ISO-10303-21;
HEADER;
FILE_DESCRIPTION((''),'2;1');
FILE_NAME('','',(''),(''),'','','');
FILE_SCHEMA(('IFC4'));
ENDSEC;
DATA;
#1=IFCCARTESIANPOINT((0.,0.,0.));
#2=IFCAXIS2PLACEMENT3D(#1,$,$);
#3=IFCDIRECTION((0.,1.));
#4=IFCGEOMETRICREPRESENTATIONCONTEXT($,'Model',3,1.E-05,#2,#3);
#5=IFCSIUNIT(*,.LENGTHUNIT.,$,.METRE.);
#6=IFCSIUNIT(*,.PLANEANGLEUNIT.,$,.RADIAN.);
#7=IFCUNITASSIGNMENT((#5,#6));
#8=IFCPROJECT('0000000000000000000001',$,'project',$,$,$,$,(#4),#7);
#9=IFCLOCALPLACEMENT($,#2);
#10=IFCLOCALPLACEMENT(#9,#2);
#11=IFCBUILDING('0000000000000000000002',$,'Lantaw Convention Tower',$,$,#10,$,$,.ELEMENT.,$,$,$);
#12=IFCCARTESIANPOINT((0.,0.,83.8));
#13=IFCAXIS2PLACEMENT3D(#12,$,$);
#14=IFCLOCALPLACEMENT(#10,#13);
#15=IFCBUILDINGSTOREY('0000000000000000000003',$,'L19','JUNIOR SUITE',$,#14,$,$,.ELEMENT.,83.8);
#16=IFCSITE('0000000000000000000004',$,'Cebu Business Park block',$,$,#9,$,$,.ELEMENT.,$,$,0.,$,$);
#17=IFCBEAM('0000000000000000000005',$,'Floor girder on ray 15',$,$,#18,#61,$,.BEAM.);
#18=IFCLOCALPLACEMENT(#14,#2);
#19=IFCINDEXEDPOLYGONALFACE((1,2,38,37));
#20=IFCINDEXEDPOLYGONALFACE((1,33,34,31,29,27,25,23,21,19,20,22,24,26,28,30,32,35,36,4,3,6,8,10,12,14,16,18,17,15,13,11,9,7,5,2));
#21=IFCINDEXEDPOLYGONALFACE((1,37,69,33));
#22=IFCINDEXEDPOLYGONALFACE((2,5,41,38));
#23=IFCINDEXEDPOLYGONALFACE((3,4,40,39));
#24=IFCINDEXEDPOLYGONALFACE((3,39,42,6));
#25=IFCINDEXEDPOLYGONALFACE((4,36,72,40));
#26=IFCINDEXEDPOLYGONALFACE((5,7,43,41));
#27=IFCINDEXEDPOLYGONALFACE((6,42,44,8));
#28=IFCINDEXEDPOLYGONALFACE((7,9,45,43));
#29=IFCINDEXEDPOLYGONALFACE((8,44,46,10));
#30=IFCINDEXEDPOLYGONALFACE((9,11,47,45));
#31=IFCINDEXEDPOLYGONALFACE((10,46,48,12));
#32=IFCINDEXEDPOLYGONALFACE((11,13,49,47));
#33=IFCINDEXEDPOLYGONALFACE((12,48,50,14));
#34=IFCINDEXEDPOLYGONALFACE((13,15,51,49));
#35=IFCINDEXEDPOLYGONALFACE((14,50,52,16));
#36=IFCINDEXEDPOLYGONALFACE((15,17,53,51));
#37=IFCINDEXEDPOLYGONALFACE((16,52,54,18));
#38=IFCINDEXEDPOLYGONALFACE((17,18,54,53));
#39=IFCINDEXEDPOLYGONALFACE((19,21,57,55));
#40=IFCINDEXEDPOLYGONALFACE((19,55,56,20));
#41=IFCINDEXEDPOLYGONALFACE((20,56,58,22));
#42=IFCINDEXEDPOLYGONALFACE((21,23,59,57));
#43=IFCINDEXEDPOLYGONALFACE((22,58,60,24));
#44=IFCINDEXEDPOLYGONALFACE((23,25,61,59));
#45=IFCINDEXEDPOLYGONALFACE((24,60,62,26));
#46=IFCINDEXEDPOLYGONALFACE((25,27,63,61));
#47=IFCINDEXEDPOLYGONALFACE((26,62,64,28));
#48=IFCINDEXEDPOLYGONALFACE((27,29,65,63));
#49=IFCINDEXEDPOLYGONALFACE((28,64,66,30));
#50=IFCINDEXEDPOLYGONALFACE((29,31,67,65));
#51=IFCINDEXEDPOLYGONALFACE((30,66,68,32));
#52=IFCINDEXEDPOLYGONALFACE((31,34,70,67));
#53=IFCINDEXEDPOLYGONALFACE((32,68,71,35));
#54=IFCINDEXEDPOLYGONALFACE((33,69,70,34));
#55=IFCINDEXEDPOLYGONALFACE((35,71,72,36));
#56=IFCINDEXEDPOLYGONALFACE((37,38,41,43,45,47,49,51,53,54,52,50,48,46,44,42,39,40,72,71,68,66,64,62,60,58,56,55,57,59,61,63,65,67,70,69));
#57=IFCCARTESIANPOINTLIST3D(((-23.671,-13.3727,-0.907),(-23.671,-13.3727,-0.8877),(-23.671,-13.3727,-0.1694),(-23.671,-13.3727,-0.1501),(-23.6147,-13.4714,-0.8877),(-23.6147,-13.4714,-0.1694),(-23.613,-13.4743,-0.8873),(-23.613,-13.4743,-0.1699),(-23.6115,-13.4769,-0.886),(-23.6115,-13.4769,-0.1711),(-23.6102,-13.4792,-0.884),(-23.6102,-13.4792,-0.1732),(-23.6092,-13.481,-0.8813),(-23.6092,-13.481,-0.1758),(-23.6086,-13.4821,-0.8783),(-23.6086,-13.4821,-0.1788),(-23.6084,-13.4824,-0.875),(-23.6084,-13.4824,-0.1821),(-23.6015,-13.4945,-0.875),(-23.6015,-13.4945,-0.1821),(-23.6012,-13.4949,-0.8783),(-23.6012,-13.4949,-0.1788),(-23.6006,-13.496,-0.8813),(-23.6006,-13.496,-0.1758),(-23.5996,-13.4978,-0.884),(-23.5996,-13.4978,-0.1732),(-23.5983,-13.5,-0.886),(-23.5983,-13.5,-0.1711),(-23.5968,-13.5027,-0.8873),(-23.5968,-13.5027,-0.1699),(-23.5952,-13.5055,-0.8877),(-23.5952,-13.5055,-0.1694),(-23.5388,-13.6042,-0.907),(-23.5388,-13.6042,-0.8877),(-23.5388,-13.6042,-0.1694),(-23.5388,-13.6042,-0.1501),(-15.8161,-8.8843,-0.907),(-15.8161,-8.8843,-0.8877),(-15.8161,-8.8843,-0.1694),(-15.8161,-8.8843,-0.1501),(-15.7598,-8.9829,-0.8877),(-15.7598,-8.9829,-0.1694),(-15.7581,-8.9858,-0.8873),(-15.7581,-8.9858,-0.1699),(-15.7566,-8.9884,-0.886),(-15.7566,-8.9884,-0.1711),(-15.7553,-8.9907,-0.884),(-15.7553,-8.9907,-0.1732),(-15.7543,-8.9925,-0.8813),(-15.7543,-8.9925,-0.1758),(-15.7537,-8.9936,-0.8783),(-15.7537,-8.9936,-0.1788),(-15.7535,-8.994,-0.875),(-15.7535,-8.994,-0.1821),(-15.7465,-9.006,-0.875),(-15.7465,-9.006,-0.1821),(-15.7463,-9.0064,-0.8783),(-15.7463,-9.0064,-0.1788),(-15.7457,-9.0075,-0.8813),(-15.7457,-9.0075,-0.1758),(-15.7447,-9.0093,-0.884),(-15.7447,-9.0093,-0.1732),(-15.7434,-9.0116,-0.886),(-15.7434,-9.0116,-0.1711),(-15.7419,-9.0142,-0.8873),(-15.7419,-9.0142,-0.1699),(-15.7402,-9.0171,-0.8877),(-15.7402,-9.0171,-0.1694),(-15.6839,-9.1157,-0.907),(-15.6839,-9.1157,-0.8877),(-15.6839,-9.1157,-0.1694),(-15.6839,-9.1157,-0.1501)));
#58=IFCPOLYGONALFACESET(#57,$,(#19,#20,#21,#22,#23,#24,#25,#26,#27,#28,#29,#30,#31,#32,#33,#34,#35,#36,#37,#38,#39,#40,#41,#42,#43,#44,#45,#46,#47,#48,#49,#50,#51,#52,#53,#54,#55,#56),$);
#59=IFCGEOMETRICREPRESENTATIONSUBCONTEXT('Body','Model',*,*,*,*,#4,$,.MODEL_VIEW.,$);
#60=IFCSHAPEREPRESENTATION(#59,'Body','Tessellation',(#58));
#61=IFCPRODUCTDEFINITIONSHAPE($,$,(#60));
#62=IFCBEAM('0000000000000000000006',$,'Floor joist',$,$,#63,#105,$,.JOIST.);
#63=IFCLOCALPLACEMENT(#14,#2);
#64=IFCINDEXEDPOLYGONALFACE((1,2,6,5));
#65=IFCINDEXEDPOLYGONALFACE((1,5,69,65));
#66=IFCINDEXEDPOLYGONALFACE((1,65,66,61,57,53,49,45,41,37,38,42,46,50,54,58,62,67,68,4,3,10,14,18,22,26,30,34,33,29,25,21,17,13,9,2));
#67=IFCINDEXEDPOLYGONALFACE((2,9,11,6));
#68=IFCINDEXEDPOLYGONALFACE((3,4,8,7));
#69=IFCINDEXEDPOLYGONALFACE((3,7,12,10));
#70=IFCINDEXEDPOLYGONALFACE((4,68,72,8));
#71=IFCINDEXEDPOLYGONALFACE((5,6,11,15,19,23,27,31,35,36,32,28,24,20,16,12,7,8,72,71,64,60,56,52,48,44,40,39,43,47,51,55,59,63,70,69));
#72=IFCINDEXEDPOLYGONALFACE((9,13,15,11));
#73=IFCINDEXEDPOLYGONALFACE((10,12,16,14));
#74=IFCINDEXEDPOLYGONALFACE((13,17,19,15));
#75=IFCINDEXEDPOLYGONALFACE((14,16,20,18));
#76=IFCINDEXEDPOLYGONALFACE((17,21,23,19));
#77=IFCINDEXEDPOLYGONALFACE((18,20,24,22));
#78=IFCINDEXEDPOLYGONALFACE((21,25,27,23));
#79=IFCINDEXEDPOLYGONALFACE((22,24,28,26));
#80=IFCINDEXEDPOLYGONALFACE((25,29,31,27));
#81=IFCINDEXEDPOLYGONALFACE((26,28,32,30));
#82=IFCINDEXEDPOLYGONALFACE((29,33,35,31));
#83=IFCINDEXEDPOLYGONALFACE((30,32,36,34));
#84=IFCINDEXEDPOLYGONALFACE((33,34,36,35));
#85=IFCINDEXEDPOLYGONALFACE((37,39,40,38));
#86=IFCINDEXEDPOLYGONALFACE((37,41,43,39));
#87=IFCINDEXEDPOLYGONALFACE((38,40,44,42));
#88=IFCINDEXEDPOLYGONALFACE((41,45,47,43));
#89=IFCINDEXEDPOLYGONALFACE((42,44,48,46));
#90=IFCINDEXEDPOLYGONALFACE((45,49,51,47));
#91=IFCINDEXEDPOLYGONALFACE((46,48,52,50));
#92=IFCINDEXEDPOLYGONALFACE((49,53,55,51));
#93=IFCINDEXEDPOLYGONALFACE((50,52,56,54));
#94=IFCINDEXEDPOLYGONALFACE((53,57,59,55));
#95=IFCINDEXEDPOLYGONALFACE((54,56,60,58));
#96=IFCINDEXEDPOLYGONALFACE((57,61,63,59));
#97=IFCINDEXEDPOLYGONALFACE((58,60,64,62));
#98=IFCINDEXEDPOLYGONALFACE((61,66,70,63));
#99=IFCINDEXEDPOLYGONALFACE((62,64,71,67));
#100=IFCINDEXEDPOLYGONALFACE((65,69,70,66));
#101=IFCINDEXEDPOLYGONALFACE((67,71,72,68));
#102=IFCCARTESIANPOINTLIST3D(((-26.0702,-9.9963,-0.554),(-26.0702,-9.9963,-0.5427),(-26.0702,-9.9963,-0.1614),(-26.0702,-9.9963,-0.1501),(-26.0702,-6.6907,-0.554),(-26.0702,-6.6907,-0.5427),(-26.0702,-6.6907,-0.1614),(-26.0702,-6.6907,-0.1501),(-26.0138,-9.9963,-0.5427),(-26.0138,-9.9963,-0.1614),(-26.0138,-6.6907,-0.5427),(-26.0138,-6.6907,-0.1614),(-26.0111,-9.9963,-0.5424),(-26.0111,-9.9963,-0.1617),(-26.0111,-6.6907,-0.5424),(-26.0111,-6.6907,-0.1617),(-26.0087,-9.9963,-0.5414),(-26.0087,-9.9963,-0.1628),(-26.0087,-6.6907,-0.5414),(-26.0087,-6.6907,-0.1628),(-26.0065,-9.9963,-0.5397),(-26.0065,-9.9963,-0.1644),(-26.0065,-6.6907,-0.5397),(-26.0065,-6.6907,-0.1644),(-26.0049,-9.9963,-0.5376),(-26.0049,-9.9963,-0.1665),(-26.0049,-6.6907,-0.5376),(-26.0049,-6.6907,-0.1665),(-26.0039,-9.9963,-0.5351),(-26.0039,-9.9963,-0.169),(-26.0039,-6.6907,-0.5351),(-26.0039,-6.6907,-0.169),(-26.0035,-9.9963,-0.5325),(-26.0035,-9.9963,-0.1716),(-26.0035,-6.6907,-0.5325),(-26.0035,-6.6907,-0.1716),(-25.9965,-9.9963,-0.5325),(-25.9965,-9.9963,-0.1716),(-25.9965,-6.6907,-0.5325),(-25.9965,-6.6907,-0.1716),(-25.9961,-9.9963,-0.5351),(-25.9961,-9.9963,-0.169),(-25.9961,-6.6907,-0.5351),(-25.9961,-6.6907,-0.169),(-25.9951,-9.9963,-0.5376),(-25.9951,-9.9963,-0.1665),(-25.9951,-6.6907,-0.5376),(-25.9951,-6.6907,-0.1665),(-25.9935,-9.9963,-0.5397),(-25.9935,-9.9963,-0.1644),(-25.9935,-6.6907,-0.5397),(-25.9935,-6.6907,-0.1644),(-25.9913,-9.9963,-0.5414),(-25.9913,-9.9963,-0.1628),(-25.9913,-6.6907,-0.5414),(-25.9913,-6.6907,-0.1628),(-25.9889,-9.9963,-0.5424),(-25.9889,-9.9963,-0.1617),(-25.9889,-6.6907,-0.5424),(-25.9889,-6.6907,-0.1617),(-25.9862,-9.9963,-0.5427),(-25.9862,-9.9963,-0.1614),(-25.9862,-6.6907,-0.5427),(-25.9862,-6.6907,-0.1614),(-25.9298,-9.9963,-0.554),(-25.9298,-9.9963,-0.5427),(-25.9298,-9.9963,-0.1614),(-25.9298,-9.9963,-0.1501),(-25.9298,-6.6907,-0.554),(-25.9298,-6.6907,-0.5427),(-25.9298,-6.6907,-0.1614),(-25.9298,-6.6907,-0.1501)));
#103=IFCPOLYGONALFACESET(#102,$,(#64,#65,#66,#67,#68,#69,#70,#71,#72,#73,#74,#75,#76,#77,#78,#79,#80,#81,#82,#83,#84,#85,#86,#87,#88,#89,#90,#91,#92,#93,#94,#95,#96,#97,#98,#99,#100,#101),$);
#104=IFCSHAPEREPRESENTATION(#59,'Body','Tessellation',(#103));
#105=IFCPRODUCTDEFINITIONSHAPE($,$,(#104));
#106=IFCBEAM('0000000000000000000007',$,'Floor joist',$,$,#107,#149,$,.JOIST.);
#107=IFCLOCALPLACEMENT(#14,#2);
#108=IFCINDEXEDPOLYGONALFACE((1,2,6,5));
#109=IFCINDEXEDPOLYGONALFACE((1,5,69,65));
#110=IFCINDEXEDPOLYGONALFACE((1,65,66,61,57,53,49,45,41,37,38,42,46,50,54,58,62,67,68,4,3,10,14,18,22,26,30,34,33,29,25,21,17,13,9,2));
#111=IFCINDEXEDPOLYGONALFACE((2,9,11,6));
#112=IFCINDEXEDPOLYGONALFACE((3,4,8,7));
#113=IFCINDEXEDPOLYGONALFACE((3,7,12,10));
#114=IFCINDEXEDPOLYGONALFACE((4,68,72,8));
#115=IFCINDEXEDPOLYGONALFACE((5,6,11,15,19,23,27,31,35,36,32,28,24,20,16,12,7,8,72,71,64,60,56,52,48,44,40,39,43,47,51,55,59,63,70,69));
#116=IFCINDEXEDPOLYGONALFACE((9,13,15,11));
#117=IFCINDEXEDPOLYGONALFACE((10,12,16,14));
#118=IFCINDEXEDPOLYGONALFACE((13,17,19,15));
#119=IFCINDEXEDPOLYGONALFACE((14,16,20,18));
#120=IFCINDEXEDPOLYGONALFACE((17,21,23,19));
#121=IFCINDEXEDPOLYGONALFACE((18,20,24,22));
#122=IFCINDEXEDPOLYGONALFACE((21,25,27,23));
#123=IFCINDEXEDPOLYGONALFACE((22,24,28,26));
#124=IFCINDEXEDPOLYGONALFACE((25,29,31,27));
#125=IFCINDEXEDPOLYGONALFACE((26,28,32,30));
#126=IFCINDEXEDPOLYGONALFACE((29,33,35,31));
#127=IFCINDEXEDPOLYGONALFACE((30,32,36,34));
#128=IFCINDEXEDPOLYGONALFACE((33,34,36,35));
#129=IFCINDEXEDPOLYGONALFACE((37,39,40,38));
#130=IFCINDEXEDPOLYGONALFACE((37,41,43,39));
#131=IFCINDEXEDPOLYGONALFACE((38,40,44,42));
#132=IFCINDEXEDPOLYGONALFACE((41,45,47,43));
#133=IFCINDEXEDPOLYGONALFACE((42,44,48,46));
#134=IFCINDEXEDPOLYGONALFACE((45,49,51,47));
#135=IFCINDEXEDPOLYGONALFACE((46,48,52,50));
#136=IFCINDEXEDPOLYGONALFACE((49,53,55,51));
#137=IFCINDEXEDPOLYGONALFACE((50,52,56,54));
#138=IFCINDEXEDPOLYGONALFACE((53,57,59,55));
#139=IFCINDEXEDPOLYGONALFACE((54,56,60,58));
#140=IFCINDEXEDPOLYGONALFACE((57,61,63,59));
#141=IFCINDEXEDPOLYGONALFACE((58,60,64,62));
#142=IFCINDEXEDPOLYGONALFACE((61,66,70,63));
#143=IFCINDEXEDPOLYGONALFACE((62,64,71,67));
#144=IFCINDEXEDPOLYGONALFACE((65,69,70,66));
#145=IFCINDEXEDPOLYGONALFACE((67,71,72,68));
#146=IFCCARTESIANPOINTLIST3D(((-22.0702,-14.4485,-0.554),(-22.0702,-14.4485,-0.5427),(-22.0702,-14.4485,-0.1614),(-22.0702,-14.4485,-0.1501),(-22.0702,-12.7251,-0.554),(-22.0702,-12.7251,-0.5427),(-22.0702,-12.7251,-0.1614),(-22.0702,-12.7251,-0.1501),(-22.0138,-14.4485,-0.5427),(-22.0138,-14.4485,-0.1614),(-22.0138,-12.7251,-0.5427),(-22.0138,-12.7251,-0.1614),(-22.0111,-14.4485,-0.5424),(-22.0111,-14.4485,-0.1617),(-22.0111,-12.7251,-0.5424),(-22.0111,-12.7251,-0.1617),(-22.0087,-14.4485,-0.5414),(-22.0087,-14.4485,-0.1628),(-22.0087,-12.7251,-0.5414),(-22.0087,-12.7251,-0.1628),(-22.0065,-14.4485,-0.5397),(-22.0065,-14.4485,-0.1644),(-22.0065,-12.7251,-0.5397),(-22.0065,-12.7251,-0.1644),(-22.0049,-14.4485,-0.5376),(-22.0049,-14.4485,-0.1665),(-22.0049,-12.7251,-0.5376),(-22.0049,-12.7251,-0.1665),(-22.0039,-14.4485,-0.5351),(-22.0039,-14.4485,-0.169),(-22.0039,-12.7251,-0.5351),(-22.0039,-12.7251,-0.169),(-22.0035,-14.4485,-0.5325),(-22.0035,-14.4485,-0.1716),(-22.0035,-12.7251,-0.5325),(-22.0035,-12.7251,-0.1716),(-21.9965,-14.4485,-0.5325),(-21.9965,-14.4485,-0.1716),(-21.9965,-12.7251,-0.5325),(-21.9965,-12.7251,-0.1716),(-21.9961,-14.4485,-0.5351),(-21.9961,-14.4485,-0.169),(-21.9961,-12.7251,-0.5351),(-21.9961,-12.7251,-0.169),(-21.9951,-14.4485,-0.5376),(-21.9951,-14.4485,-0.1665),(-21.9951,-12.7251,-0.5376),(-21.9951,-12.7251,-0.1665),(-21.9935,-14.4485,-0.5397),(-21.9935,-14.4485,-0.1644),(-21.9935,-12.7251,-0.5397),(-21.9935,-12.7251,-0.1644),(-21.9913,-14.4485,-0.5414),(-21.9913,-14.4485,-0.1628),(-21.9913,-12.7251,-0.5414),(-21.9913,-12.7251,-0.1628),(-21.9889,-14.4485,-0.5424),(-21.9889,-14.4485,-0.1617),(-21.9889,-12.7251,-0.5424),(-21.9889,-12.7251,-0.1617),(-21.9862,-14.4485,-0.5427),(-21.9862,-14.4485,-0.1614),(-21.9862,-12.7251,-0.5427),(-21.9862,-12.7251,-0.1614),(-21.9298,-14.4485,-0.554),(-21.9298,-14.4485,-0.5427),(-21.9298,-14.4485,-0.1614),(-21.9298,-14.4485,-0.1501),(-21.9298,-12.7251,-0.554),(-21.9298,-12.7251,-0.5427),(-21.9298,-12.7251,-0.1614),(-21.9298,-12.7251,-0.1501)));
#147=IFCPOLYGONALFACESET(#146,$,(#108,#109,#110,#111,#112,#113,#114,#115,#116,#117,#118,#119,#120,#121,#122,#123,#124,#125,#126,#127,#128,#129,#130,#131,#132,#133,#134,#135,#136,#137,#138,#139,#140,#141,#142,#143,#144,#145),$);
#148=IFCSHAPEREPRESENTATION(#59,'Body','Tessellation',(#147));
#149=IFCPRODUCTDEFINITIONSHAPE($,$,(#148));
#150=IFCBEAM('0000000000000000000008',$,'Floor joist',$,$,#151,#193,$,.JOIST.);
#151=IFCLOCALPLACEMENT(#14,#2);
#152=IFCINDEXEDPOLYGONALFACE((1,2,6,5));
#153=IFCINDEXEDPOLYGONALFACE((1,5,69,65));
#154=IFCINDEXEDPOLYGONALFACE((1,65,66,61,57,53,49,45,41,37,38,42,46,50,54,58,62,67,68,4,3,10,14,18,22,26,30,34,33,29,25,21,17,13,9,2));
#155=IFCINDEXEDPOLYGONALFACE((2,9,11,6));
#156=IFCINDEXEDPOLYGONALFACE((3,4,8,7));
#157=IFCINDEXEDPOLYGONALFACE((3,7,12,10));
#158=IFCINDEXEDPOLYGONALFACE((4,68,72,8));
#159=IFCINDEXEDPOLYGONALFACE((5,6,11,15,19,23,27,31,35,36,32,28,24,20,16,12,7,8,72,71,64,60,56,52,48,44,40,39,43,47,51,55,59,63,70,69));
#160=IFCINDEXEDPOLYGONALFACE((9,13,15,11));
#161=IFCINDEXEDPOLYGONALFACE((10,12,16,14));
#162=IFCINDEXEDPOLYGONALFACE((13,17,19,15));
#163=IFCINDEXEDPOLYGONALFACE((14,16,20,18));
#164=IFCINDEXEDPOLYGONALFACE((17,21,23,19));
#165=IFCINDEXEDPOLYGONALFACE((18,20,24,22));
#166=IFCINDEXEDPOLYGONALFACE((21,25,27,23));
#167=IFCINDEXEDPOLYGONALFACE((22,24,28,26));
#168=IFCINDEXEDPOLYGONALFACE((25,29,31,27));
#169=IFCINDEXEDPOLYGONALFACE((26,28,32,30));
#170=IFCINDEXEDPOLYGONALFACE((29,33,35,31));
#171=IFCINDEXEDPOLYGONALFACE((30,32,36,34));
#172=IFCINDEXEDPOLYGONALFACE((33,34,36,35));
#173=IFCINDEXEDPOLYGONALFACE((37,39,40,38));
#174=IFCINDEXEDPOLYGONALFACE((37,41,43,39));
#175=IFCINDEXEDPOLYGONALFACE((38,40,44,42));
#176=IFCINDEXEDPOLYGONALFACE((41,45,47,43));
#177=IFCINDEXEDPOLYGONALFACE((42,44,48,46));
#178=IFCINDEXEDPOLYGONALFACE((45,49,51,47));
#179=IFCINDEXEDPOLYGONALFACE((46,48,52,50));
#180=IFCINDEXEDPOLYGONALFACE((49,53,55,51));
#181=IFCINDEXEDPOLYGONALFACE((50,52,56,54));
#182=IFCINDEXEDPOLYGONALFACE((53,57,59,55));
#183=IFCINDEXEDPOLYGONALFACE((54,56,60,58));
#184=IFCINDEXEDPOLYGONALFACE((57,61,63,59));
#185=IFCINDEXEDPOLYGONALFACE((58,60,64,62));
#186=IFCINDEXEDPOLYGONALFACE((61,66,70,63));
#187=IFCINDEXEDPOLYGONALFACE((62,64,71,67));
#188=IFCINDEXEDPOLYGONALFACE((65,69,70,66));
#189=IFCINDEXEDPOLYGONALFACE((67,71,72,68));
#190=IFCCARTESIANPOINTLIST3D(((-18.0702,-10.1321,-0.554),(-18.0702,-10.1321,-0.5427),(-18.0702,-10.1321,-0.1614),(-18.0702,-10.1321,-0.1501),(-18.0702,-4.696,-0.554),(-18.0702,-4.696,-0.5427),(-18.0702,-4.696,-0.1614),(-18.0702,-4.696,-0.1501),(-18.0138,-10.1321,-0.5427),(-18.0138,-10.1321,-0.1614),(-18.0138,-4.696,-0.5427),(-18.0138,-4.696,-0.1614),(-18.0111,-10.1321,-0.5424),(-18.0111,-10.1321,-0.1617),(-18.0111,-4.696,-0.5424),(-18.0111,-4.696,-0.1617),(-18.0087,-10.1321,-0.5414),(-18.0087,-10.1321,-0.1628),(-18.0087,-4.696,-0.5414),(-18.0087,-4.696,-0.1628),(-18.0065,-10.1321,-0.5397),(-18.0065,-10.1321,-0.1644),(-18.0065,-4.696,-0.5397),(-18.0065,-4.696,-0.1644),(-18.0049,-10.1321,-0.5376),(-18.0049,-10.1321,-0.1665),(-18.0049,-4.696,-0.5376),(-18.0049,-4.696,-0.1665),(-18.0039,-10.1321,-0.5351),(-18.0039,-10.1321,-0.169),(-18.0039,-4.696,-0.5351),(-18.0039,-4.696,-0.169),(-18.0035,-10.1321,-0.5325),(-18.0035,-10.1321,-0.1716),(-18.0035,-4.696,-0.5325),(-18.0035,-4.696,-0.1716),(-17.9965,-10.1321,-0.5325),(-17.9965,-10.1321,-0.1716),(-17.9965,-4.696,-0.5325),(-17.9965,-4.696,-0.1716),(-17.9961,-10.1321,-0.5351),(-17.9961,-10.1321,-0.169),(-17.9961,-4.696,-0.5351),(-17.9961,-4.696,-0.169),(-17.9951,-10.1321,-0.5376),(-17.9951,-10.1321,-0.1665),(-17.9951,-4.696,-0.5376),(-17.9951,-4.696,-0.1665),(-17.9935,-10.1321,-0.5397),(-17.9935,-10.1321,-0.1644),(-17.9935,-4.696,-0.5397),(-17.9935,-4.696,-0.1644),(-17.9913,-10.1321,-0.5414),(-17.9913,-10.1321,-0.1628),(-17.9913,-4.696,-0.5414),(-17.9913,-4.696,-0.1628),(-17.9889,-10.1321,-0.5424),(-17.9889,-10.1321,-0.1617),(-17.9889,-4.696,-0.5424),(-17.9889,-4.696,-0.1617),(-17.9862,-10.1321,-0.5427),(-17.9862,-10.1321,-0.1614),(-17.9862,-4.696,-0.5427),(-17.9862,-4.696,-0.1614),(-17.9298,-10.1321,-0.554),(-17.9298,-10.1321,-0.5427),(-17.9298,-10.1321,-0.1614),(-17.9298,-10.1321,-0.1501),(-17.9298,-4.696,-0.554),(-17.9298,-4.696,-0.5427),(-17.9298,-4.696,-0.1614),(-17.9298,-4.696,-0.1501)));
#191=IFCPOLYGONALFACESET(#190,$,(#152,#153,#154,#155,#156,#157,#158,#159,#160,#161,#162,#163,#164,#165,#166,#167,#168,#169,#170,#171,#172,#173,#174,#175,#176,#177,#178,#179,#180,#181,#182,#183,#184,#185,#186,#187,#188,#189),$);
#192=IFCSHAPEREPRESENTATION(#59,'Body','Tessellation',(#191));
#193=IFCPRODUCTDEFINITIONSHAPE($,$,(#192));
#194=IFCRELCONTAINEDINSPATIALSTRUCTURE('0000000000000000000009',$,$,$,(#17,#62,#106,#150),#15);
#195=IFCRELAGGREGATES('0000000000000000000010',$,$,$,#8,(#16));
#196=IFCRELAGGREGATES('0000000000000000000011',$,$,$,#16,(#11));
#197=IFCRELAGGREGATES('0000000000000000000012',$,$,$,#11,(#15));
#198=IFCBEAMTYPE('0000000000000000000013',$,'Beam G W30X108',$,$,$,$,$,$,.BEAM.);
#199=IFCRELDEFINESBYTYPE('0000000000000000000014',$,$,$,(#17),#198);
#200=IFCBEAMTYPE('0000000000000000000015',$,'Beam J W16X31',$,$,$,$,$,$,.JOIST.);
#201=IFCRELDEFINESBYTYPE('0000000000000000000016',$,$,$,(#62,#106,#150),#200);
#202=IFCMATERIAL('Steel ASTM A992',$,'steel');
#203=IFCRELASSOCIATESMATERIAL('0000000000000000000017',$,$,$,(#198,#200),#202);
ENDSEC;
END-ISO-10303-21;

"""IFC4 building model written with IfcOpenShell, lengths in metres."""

from ifc_helpers import new_model, si_unit, direction, frame, origin, origin_2d, place, context, subcontext, project, spatial, i_section, extrude, material, material_profile, profile_set, type_object, element, save


model = new_model("IFC4")

# Units and contexts
model_context = context("Model", 3, precision=1e-05, world=origin(), true_north=direction((0.0, 1.0)))
body_context = subcontext(model_context, "Body", "Model", "MODEL_VIEW")
ifc_project = project(units=[si_unit("LENGTHUNIT", "METRE"), si_unit("PLANEANGLEUNIT", "RADIAN")], contexts=[model_context])

# Site, building, storey
site_placement = place(None, origin())
site = spatial("IfcSite", under=ifc_project, at=site_placement, Name="Cebu Business Park block", CompositionType="ELEMENT", RefElevation=0.0)
building_placement = place(site_placement, origin())
building = spatial("IfcBuilding", under=site, at=building_placement, Name="Lantaw Convention Tower", CompositionType="ELEMENT")
storey_placement = place(building_placement, frame((0.0, 0.0, 83.8)))
storey = spatial("IfcBuildingStorey", under=building, at=storey_placement, Name="L19", Description="JUNIOR SUITE", CompositionType="ELEMENT", Elevation=83.8)

# Beams
ifc_material_1 = material(Name="Steel ASTM A992", Category="steel")
ifc_material_profile_1 = material_profile(ifc_material_1, i_section(OverallWidth=0.2666, OverallDepth=0.7568, WebThickness=0.0139, FlangeThickness=0.0193, FilletRadius=0.0127, at=origin_2d()), Name="W30X108")
ifc_profile_set_1 = profile_set([ifc_material_profile_1], Name="Steel ASTM A992")
beam_type_1 = type_object("IfcBeamType", Name="Beam G W30X108", PredefinedType="BEAM", material=ifc_profile_set_1)
beam_1_placement = place(storey_placement, frame((-15.75, -9.0, -0.5286), z_axis=(-0.868245, -0.496136, 0.0), x_axis=(0.496136, -0.868245, 0.0)))
element("IfcBeam", 1, at=beam_1_placement, inside=storey, type_object=beam_type_1, Name="Floor girder on ray 15", PredefinedType="BEAM", context=body_context, shape_type="SweptSolid", body=[
    extrude(i_section(OverallWidth=0.2666, OverallDepth=0.7568, WebThickness=0.0139, FlangeThickness=0.0193, FilletRadius=0.0127, at=origin_2d()), origin(), (0.0, 0.0, 1.0), 9.0469),
])
ifc_material_profile_2 = material_profile(ifc_material_1, i_section(OverallWidth=0.1404, OverallDepth=0.4038, WebThickness=0.0071, FlangeThickness=0.0112, FilletRadius=0.0103, at=origin_2d()), Name="W16X31")
ifc_profile_set_2 = profile_set([ifc_material_profile_2], Name="Steel ASTM A992")
beam_type_2 = type_object("IfcBeamType", Name="Beam J W16X31", PredefinedType="JOIST", material=ifc_profile_set_2)
beam_2_placement = place(storey_placement, frame((-26.0, -9.9963, -0.3521), z_axis=(0.0, 1.0, 0.0), x_axis=(-1.0, 0.0, 0.0)))
element("IfcBeam", 2, at=beam_2_placement, inside=storey, type_object=beam_type_2, Name="Floor joist", PredefinedType="JOIST", context=body_context, shape_type="SweptSolid", body=[
    extrude(i_section(OverallWidth=0.1404, OverallDepth=0.4038, WebThickness=0.0071, FlangeThickness=0.0112, FilletRadius=0.0103, at=origin_2d()), origin(), (0.0, 0.0, 1.0), 3.3057),
])
beam_3_placement = place(storey_placement, frame((-22.0, -14.4485, -0.3521), z_axis=(0.0, 1.0, 0.0), x_axis=(-1.0, 0.0, 0.0)))
element("IfcBeam", 3, at=beam_3_placement, inside=storey, type_object=beam_type_2, Name="Floor joist", PredefinedType="JOIST", context=body_context, shape_type="SweptSolid", body=[
    extrude(i_section(OverallWidth=0.1404, OverallDepth=0.4038, WebThickness=0.0071, FlangeThickness=0.0112, FilletRadius=0.0103, at=origin_2d()), origin(), (0.0, 0.0, 1.0), 1.7234),
])
beam_4_placement = place(storey_placement, frame((-18.0, -10.1321, -0.3521), z_axis=(0.0, 1.0, 0.0), x_axis=(-1.0, 0.0, 0.0)))
element("IfcBeam", 4, at=beam_4_placement, inside=storey, type_object=beam_type_2, Name="Floor joist", PredefinedType="JOIST", context=body_context, shape_type="SweptSolid", body=[
    extrude(i_section(OverallWidth=0.1404, OverallDepth=0.4038, WebThickness=0.0071, FlangeThickness=0.0112, FilletRadius=0.0103, at=origin_2d()), origin(), (0.0, 0.0, 1.0), 5.436),
])

save(model, "model.ifc")
